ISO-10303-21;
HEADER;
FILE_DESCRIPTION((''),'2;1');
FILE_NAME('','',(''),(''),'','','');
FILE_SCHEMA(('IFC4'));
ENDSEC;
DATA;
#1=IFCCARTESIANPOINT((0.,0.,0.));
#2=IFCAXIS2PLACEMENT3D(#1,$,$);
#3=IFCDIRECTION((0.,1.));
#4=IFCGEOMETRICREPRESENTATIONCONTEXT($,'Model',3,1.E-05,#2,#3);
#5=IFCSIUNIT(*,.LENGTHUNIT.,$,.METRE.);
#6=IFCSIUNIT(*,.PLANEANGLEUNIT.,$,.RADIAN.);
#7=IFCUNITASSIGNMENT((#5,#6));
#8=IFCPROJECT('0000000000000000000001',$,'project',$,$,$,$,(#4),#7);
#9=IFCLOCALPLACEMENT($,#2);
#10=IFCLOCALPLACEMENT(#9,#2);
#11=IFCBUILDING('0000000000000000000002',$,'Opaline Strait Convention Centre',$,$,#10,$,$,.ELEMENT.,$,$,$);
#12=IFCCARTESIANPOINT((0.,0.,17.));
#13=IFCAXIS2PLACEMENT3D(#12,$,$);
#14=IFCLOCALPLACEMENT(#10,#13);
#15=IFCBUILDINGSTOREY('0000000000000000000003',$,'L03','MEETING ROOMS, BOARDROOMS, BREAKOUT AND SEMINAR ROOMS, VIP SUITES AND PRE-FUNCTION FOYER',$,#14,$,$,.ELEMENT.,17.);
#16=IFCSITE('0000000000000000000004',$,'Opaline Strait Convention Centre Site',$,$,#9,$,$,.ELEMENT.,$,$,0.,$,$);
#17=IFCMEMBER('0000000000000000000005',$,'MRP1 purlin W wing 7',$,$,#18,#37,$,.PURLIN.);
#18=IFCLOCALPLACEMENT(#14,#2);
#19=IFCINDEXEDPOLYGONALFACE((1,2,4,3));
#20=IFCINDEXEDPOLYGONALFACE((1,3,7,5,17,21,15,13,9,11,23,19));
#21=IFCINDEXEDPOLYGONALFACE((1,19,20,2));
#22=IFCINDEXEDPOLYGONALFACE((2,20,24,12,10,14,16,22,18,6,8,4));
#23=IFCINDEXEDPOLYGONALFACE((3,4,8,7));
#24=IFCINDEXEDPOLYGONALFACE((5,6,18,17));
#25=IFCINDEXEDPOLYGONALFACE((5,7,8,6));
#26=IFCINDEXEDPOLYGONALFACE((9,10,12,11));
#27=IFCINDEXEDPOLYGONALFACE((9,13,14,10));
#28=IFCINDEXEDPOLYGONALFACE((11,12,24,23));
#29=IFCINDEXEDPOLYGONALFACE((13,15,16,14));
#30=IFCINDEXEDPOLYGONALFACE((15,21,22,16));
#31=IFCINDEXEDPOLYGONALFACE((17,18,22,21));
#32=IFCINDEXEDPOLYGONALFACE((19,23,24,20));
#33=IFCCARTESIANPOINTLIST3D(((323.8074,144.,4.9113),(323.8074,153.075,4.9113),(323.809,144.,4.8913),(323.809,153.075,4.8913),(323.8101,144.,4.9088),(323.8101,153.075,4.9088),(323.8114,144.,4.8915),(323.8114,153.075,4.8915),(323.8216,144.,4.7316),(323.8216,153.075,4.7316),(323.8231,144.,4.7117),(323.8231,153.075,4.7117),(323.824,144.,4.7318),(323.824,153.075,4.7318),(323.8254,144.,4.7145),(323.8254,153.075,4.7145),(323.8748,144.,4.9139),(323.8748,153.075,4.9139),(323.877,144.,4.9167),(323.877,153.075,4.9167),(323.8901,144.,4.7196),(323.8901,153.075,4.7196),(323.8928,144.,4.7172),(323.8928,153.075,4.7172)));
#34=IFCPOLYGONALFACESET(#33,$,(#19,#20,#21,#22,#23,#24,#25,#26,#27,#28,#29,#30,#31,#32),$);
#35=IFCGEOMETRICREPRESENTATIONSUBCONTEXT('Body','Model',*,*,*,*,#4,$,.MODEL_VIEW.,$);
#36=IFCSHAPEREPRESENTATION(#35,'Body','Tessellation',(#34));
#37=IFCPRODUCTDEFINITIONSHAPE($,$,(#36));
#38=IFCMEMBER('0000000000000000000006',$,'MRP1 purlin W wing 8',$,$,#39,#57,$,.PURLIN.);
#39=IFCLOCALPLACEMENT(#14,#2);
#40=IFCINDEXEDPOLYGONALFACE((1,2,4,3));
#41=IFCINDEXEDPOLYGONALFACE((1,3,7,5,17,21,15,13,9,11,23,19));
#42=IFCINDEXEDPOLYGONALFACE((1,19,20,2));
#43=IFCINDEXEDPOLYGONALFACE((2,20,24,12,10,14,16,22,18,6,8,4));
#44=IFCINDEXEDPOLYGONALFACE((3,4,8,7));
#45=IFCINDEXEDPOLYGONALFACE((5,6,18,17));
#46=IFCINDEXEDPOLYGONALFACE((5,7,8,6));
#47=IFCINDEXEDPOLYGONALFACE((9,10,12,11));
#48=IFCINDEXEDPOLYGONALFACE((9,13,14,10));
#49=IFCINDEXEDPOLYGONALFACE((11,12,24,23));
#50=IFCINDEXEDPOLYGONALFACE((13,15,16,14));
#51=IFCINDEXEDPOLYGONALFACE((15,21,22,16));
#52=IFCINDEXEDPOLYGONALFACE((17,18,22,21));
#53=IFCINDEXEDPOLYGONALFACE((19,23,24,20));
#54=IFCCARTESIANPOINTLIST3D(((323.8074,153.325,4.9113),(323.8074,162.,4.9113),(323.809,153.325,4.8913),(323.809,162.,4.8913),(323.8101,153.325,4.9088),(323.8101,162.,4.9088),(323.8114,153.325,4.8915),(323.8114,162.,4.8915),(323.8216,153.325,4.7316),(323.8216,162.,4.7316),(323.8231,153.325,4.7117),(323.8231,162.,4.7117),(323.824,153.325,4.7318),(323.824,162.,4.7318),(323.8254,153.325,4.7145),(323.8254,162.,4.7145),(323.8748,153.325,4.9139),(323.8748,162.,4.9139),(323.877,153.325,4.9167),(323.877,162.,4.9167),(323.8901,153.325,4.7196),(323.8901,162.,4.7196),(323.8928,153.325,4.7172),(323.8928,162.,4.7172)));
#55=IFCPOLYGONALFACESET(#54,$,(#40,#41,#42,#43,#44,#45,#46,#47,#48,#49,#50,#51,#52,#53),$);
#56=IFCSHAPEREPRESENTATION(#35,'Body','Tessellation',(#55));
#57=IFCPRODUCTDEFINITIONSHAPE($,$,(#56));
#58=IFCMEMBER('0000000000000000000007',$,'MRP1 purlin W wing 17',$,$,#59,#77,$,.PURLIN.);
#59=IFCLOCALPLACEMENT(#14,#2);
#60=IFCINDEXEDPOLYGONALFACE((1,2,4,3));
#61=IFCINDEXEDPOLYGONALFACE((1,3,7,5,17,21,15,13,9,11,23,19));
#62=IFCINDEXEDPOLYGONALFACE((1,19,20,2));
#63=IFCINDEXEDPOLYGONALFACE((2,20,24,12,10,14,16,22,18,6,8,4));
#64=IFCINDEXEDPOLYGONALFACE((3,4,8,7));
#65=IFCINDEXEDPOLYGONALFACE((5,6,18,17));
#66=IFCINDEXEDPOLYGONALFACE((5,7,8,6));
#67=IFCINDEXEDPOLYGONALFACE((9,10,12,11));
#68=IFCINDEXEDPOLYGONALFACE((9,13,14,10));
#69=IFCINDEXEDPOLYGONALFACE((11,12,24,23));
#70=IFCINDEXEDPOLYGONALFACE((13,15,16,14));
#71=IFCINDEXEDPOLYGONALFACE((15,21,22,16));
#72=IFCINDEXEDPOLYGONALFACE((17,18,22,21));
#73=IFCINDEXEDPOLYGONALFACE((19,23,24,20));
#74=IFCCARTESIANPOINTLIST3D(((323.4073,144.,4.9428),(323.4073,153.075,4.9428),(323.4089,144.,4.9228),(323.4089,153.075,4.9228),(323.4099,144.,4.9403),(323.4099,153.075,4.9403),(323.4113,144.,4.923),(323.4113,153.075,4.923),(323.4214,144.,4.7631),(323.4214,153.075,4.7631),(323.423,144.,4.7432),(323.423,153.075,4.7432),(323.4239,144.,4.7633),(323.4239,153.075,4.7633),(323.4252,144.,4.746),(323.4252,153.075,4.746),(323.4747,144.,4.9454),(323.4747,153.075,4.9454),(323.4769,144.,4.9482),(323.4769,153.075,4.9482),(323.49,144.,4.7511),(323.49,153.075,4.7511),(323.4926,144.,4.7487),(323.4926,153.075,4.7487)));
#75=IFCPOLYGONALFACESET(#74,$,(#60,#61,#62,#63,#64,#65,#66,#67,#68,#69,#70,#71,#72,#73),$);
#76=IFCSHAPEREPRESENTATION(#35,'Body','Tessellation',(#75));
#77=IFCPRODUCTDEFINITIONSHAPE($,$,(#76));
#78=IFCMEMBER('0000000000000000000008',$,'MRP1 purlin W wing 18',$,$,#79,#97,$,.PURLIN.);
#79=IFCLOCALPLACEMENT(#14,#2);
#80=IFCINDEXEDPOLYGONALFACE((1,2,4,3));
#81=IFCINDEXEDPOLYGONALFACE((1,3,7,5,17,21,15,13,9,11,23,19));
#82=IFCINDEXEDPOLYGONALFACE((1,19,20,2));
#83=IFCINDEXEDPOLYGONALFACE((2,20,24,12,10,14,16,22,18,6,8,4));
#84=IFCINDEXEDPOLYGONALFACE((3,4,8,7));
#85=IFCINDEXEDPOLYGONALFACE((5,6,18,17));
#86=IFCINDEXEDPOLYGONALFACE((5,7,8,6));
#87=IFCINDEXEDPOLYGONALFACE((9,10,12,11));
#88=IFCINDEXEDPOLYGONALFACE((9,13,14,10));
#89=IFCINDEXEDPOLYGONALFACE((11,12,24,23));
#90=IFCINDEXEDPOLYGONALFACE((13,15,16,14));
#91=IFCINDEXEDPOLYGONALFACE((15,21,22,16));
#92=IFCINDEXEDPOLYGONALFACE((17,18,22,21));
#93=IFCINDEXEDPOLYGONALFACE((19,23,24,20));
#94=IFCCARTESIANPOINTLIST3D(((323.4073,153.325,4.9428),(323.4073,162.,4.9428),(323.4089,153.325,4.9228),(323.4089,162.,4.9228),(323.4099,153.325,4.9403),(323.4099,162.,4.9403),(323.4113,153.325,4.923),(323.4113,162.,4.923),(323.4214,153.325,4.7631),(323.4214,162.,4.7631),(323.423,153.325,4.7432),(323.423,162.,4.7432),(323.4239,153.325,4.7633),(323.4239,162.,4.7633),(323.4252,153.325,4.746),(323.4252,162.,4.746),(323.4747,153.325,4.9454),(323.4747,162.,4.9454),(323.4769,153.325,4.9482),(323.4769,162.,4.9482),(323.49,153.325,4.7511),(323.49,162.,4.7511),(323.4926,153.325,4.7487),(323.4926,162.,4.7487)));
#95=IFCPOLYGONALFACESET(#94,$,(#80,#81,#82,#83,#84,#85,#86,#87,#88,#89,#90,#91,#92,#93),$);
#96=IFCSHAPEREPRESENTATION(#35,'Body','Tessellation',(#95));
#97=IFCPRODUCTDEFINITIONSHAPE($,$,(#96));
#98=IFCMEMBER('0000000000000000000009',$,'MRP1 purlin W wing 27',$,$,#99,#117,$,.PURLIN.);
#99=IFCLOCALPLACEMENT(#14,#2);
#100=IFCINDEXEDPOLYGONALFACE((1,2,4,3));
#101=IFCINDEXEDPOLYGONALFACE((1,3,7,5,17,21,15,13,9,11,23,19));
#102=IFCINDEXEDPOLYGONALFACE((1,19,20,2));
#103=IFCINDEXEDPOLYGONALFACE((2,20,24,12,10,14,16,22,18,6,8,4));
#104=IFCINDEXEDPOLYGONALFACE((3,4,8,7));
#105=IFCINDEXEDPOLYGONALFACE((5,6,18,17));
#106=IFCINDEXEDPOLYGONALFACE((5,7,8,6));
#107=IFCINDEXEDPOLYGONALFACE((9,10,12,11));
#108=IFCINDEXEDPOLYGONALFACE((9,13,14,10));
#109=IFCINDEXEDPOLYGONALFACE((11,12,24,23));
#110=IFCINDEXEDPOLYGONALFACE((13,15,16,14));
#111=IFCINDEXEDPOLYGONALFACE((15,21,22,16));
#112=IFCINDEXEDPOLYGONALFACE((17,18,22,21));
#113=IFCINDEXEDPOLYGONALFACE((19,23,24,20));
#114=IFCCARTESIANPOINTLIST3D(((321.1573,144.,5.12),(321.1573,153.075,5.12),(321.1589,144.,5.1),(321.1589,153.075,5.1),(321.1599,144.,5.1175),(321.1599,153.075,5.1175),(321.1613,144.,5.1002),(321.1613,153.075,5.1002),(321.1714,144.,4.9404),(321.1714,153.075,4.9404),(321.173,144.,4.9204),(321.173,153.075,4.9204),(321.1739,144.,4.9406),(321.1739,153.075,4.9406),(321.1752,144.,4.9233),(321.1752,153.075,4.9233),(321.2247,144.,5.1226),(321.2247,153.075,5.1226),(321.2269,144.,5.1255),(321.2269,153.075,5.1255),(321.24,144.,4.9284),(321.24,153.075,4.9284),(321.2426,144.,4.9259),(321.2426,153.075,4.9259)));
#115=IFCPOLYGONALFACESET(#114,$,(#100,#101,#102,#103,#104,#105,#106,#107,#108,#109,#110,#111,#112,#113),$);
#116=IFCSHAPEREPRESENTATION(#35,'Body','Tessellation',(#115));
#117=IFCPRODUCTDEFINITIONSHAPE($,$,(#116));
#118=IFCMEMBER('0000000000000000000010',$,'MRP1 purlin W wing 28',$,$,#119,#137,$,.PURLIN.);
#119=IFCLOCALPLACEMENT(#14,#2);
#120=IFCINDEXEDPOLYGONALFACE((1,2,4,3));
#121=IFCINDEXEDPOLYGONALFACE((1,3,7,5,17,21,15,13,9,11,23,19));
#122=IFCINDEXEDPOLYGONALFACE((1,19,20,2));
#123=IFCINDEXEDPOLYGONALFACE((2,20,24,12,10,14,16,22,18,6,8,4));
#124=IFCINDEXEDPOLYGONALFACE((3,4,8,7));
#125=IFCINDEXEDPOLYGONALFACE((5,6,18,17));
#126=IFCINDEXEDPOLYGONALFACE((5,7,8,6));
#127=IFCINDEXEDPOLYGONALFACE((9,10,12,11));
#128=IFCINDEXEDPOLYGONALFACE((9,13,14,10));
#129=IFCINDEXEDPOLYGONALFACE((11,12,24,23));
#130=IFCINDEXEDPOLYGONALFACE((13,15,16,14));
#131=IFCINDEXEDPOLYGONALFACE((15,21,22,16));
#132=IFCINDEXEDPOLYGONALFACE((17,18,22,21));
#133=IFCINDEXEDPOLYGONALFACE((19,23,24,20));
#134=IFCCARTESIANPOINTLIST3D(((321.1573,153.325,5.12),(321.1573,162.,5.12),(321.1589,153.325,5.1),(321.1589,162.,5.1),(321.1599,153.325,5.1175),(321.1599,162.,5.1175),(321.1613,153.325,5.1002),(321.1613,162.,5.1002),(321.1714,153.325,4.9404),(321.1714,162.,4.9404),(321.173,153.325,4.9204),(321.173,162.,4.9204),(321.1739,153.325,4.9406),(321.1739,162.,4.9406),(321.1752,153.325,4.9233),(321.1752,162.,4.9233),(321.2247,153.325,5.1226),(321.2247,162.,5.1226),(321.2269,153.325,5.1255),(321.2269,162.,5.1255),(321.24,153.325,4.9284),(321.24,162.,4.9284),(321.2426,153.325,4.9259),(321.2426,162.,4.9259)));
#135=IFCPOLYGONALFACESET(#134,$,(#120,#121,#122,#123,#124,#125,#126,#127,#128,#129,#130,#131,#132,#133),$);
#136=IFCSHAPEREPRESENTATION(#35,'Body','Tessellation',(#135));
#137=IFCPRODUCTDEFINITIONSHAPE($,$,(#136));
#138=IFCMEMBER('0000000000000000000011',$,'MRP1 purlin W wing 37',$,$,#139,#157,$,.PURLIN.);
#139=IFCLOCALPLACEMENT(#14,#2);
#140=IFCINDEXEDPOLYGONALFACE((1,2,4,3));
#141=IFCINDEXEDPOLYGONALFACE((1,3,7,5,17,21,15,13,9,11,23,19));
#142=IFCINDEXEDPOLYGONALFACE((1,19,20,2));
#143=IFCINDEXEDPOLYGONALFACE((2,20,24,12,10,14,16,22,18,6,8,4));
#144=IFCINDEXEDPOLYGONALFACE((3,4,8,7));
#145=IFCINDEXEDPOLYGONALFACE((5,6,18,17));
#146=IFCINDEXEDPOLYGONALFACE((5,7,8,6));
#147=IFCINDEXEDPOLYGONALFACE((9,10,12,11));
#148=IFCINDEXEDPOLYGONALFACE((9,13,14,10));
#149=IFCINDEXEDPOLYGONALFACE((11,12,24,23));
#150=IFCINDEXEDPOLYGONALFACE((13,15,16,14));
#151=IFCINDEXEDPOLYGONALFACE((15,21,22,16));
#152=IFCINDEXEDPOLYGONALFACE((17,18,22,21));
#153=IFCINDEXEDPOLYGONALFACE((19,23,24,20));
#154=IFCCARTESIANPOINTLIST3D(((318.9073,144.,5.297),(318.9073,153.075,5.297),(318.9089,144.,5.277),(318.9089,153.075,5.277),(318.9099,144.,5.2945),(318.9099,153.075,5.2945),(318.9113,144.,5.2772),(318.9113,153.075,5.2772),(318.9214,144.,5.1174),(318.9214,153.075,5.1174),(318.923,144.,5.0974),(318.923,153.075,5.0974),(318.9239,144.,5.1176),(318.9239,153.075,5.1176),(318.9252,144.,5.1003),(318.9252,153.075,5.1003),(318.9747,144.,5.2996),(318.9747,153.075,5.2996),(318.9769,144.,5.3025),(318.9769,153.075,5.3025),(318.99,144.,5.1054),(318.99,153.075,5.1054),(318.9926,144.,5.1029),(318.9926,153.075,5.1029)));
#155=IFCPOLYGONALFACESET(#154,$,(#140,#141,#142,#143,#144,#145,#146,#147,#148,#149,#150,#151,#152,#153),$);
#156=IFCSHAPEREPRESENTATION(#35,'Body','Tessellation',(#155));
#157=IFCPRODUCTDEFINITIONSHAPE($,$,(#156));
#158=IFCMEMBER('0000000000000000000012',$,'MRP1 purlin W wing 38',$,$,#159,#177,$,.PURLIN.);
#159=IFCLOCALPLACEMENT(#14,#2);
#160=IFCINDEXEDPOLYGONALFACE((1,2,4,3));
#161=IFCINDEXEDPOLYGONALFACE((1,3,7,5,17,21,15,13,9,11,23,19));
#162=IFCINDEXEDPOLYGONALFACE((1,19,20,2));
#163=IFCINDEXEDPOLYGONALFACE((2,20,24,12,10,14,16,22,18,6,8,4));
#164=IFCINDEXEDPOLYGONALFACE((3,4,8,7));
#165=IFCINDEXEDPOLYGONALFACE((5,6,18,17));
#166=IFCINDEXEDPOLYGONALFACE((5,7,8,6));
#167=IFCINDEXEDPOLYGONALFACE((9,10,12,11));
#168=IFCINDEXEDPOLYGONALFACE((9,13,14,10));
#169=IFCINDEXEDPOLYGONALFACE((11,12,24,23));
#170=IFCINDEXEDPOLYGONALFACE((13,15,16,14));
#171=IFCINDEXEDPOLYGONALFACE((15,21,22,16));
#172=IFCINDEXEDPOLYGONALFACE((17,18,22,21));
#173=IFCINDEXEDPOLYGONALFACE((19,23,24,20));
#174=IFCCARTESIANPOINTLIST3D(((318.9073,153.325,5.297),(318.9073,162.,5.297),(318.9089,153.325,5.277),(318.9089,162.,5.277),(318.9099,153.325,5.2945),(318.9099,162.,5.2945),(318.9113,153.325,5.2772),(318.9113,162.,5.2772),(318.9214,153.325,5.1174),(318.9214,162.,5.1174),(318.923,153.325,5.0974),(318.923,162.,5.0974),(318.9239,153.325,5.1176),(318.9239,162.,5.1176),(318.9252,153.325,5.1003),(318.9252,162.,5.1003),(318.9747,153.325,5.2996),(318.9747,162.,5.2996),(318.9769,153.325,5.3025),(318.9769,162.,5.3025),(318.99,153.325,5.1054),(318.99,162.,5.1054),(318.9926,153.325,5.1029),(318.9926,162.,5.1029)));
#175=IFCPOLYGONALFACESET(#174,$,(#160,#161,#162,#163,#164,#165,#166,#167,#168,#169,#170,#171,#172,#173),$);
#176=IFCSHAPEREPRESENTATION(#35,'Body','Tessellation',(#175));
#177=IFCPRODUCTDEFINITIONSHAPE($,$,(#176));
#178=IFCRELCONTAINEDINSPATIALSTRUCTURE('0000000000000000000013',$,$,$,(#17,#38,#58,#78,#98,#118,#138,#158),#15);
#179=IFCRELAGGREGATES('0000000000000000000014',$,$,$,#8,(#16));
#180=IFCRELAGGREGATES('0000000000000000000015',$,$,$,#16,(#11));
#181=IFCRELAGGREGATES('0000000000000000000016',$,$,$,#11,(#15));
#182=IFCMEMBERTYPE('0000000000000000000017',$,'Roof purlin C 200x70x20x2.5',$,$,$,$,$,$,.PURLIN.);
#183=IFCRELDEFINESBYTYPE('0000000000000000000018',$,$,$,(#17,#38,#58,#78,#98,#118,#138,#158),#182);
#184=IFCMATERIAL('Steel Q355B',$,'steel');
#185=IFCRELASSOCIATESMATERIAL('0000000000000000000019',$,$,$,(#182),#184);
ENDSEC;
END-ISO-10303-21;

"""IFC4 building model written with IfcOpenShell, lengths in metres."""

from ifc_helpers import new_model, si_unit, direction, frame, origin, place, context, subcontext, project, spatial, polyline, outline, extrude, material, material_profile, profile_set, type_object, element, save


model = new_model("IFC4")

# Units and contexts
model_context = context("Model", 3, precision=1e-05, world=origin(), true_north=direction((0.0, 1.0)))
body_context = subcontext(model_context, "Body", "Model", "MODEL_VIEW")
ifc_project = project(units=[si_unit("LENGTHUNIT", "METRE"), si_unit("PLANEANGLEUNIT", "RADIAN")], contexts=[model_context])

# Site, building, storey
site_placement = place(None, origin())
site = spatial("IfcSite", under=ifc_project, at=site_placement, Name="Opaline Strait Convention Centre Site", CompositionType="ELEMENT", RefElevation=0.0)
building_placement = place(site_placement, origin())
building = spatial("IfcBuilding", under=site, at=building_placement, Name="Opaline Strait Convention Centre", CompositionType="ELEMENT")
storey_placement = place(building_placement, frame((0.0, 0.0, 17.0)))
storey = spatial("IfcBuildingStorey", under=building, at=storey_placement, Name="L03", Description="MEETING ROOMS, BOARDROOMS, BREAKOUT AND SEMINAR ROOMS, VIP SUITES AND PRE-FUNCTION FOYER", CompositionType="ELEMENT", Elevation=17.0)

# Members
ifc_material_1 = material(Name="Steel Q355B", Category="steel")
ifc_material_profile_1 = material_profile(ifc_material_1, outline(polyline([(-0.0349, -0.1001), (0.0349, -0.1001), (0.0349, -0.0801), (0.0325, -0.0801), (0.0325, -0.0974), (-0.0325, -0.0974), (-0.0325, 0.0974), (0.0325, 0.0974), (0.0325, 0.0801), (0.0349, 0.0801), (0.0349, 0.1001), (-0.0349, 0.1001), (-0.0349, -0.1001)])), Name="C 200x70x20x2.5")
ifc_profile_set_1 = profile_set([ifc_material_profile_1], Name="Steel Q355B")
member_type_1 = type_object("IfcMemberType", Name="Roof purlin C 200x70x20x2.5", PredefinedType="PURLIN", material=ifc_profile_set_1)
member_1_placement = place(storey_placement, frame((323.8501, 144.0, 4.8142), z_axis=(0.0, 1.0, 0.0), x_axis=(-0.996917, 0.0, -0.078459)))
element("IfcMember", 1, at=member_1_placement, inside=storey, type_object=member_type_1, Name="MRP1 purlin W wing 7", PredefinedType="PURLIN", context=body_context, shape_type="SweptSolid", body=[
    extrude(outline(polyline([(-0.0349, -0.1001), (0.0349, -0.1001), (0.0349, -0.0801), (0.0325, -0.0801), (0.0325, -0.0974), (-0.0325, -0.0974), (-0.0325, 0.0974), (0.0325, 0.0974), (0.0325, 0.0801), (0.0349, 0.0801), (0.0349, 0.1001), (-0.0349, 0.1001), (-0.0349, -0.1001)])), origin(), (0.0, 0.0, 1.0), 9.075),
])
member_2_placement = place(storey_placement, frame((323.8501, 153.325, 4.8142), z_axis=(0.0, 1.0, 0.0), x_axis=(-0.996917, 0.0, -0.078459)))
element("IfcMember", 2, at=member_2_placement, inside=storey, type_object=member_type_1, Name="MRP1 purlin W wing 8", PredefinedType="PURLIN", context=body_context, shape_type="SweptSolid", body=[
    extrude(outline(polyline([(-0.0349, -0.1001), (0.0349, -0.1001), (0.0349, -0.0801), (0.0325, -0.0801), (0.0325, -0.0974), (-0.0325, -0.0974), (-0.0325, 0.0974), (0.0325, 0.0974), (0.0325, 0.0801), (0.0349, 0.0801), (0.0349, 0.1001), (-0.0349, 0.1001), (-0.0349, -0.1001)])), origin(), (0.0, 0.0, 1.0), 8.675),
])
member_3_placement = place(storey_placement, frame((323.45, 144.0, 4.8457), z_axis=(0.0, 1.0, 0.0), x_axis=(-0.996917, 0.0, -0.078459)))
element("IfcMember", 3, at=member_3_placement, inside=storey, type_object=member_type_1, Name="MRP1 purlin W wing 17", PredefinedType="PURLIN", context=body_context, shape_type="SweptSolid", body=[
    extrude(outline(polyline([(-0.0349, -0.1001), (0.0349, -0.1001), (0.0349, -0.0801), (0.0325, -0.0801), (0.0325, -0.0974), (-0.0325, -0.0974), (-0.0325, 0.0974), (0.0325, 0.0974), (0.0325, 0.0801), (0.0349, 0.0801), (0.0349, 0.1001), (-0.0349, 0.1001), (-0.0349, -0.1001)])), origin(), (0.0, 0.0, 1.0), 9.075),
])
member_4_placement = place(storey_placement, frame((323.45, 153.325, 4.8457), z_axis=(0.0, 1.0, 0.0), x_axis=(-0.996917, 0.0, -0.078459)))
element("IfcMember", 4, at=member_4_placement, inside=storey, type_object=member_type_1, Name="MRP1 purlin W wing 18", PredefinedType="PURLIN", context=body_context, shape_type="SweptSolid", body=[
    extrude(outline(polyline([(-0.0349, -0.1001), (0.0349, -0.1001), (0.0349, -0.0801), (0.0325, -0.0801), (0.0325, -0.0974), (-0.0325, -0.0974), (-0.0325, 0.0974), (0.0325, 0.0974), (0.0325, 0.0801), (0.0349, 0.0801), (0.0349, 0.1001), (-0.0349, 0.1001), (-0.0349, -0.1001)])), origin(), (0.0, 0.0, 1.0), 8.675),
])
member_5_placement = place(storey_placement, frame((321.2, 144.0, 5.0229), z_axis=(0.0, 1.0, 0.0), x_axis=(-0.996917, 0.0, -0.078459)))
element("IfcMember", 5, at=member_5_placement, inside=storey, type_object=member_type_1, Name="MRP1 purlin W wing 27", PredefinedType="PURLIN", context=body_context, shape_type="SweptSolid", body=[
    extrude(outline(polyline([(-0.0349, -0.1001), (0.0349, -0.1001), (0.0349, -0.0801), (0.0325, -0.0801), (0.0325, -0.0974), (-0.0325, -0.0974), (-0.0325, 0.0974), (0.0325, 0.0974), (0.0325, 0.0801), (0.0349, 0.0801), (0.0349, 0.1001), (-0.0349, 0.1001), (-0.0349, -0.1001)])), origin(), (0.0, 0.0, 1.0), 9.075),
])
member_6_placement = place(storey_placement, frame((321.2, 153.325, 5.0229), z_axis=(0.0, 1.0, 0.0), x_axis=(-0.996917, 0.0, -0.078459)))
element("IfcMember", 6, at=member_6_placement, inside=storey, type_object=member_type_1, Name="MRP1 purlin W wing 28", PredefinedType="PURLIN", context=body_context, shape_type="SweptSolid", body=[
    extrude(outline(polyline([(-0.0349, -0.1001), (0.0349, -0.1001), (0.0349, -0.0801), (0.0325, -0.0801), (0.0325, -0.0974), (-0.0325, -0.0974), (-0.0325, 0.0974), (0.0325, 0.0974), (0.0325, 0.0801), (0.0349, 0.0801), (0.0349, 0.1001), (-0.0349, 0.1001), (-0.0349, -0.1001)])), origin(), (0.0, 0.0, 1.0), 8.675),
])
member_7_placement = place(storey_placement, frame((318.95, 144.0, 5.2), z_axis=(0.0, 1.0, 0.0), x_axis=(-0.996917, 0.0, -0.078459)))
element("IfcMember", 7, at=member_7_placement, inside=storey, type_object=member_type_1, Name="MRP1 purlin W wing 37", PredefinedType="PURLIN", context=body_context, shape_type="SweptSolid", body=[
    extrude(outline(polyline([(-0.0349, -0.1001), (0.0349, -0.1001), (0.0349, -0.0801), (0.0325, -0.0801), (0.0325, -0.0974), (-0.0325, -0.0974), (-0.0325, 0.0974), (0.0325, 0.0974), (0.0325, 0.0801), (0.0349, 0.0801), (0.0349, 0.1001), (-0.0349, 0.1001), (-0.0349, -0.1001)])), origin(), (0.0, 0.0, 1.0), 9.075),
])
member_8_placement = place(storey_placement, frame((318.95, 153.325, 5.2), z_axis=(0.0, 1.0, 0.0), x_axis=(-0.996917, 0.0, -0.078459)))
element("IfcMember", 8, at=member_8_placement, inside=storey, type_object=member_type_1, Name="MRP1 purlin W wing 38", PredefinedType="PURLIN", context=body_context, shape_type="SweptSolid", body=[
    extrude(outline(polyline([(-0.0349, -0.1001), (0.0349, -0.1001), (0.0349, -0.0801), (0.0325, -0.0801), (0.0325, -0.0974), (-0.0325, -0.0974), (-0.0325, 0.0974), (0.0325, 0.0974), (0.0325, 0.0801), (0.0349, 0.0801), (0.0349, 0.1001), (-0.0349, 0.1001), (-0.0349, -0.1001)])), origin(), (0.0, 0.0, 1.0), 8.675),
])

save(model, "model.ifc")
